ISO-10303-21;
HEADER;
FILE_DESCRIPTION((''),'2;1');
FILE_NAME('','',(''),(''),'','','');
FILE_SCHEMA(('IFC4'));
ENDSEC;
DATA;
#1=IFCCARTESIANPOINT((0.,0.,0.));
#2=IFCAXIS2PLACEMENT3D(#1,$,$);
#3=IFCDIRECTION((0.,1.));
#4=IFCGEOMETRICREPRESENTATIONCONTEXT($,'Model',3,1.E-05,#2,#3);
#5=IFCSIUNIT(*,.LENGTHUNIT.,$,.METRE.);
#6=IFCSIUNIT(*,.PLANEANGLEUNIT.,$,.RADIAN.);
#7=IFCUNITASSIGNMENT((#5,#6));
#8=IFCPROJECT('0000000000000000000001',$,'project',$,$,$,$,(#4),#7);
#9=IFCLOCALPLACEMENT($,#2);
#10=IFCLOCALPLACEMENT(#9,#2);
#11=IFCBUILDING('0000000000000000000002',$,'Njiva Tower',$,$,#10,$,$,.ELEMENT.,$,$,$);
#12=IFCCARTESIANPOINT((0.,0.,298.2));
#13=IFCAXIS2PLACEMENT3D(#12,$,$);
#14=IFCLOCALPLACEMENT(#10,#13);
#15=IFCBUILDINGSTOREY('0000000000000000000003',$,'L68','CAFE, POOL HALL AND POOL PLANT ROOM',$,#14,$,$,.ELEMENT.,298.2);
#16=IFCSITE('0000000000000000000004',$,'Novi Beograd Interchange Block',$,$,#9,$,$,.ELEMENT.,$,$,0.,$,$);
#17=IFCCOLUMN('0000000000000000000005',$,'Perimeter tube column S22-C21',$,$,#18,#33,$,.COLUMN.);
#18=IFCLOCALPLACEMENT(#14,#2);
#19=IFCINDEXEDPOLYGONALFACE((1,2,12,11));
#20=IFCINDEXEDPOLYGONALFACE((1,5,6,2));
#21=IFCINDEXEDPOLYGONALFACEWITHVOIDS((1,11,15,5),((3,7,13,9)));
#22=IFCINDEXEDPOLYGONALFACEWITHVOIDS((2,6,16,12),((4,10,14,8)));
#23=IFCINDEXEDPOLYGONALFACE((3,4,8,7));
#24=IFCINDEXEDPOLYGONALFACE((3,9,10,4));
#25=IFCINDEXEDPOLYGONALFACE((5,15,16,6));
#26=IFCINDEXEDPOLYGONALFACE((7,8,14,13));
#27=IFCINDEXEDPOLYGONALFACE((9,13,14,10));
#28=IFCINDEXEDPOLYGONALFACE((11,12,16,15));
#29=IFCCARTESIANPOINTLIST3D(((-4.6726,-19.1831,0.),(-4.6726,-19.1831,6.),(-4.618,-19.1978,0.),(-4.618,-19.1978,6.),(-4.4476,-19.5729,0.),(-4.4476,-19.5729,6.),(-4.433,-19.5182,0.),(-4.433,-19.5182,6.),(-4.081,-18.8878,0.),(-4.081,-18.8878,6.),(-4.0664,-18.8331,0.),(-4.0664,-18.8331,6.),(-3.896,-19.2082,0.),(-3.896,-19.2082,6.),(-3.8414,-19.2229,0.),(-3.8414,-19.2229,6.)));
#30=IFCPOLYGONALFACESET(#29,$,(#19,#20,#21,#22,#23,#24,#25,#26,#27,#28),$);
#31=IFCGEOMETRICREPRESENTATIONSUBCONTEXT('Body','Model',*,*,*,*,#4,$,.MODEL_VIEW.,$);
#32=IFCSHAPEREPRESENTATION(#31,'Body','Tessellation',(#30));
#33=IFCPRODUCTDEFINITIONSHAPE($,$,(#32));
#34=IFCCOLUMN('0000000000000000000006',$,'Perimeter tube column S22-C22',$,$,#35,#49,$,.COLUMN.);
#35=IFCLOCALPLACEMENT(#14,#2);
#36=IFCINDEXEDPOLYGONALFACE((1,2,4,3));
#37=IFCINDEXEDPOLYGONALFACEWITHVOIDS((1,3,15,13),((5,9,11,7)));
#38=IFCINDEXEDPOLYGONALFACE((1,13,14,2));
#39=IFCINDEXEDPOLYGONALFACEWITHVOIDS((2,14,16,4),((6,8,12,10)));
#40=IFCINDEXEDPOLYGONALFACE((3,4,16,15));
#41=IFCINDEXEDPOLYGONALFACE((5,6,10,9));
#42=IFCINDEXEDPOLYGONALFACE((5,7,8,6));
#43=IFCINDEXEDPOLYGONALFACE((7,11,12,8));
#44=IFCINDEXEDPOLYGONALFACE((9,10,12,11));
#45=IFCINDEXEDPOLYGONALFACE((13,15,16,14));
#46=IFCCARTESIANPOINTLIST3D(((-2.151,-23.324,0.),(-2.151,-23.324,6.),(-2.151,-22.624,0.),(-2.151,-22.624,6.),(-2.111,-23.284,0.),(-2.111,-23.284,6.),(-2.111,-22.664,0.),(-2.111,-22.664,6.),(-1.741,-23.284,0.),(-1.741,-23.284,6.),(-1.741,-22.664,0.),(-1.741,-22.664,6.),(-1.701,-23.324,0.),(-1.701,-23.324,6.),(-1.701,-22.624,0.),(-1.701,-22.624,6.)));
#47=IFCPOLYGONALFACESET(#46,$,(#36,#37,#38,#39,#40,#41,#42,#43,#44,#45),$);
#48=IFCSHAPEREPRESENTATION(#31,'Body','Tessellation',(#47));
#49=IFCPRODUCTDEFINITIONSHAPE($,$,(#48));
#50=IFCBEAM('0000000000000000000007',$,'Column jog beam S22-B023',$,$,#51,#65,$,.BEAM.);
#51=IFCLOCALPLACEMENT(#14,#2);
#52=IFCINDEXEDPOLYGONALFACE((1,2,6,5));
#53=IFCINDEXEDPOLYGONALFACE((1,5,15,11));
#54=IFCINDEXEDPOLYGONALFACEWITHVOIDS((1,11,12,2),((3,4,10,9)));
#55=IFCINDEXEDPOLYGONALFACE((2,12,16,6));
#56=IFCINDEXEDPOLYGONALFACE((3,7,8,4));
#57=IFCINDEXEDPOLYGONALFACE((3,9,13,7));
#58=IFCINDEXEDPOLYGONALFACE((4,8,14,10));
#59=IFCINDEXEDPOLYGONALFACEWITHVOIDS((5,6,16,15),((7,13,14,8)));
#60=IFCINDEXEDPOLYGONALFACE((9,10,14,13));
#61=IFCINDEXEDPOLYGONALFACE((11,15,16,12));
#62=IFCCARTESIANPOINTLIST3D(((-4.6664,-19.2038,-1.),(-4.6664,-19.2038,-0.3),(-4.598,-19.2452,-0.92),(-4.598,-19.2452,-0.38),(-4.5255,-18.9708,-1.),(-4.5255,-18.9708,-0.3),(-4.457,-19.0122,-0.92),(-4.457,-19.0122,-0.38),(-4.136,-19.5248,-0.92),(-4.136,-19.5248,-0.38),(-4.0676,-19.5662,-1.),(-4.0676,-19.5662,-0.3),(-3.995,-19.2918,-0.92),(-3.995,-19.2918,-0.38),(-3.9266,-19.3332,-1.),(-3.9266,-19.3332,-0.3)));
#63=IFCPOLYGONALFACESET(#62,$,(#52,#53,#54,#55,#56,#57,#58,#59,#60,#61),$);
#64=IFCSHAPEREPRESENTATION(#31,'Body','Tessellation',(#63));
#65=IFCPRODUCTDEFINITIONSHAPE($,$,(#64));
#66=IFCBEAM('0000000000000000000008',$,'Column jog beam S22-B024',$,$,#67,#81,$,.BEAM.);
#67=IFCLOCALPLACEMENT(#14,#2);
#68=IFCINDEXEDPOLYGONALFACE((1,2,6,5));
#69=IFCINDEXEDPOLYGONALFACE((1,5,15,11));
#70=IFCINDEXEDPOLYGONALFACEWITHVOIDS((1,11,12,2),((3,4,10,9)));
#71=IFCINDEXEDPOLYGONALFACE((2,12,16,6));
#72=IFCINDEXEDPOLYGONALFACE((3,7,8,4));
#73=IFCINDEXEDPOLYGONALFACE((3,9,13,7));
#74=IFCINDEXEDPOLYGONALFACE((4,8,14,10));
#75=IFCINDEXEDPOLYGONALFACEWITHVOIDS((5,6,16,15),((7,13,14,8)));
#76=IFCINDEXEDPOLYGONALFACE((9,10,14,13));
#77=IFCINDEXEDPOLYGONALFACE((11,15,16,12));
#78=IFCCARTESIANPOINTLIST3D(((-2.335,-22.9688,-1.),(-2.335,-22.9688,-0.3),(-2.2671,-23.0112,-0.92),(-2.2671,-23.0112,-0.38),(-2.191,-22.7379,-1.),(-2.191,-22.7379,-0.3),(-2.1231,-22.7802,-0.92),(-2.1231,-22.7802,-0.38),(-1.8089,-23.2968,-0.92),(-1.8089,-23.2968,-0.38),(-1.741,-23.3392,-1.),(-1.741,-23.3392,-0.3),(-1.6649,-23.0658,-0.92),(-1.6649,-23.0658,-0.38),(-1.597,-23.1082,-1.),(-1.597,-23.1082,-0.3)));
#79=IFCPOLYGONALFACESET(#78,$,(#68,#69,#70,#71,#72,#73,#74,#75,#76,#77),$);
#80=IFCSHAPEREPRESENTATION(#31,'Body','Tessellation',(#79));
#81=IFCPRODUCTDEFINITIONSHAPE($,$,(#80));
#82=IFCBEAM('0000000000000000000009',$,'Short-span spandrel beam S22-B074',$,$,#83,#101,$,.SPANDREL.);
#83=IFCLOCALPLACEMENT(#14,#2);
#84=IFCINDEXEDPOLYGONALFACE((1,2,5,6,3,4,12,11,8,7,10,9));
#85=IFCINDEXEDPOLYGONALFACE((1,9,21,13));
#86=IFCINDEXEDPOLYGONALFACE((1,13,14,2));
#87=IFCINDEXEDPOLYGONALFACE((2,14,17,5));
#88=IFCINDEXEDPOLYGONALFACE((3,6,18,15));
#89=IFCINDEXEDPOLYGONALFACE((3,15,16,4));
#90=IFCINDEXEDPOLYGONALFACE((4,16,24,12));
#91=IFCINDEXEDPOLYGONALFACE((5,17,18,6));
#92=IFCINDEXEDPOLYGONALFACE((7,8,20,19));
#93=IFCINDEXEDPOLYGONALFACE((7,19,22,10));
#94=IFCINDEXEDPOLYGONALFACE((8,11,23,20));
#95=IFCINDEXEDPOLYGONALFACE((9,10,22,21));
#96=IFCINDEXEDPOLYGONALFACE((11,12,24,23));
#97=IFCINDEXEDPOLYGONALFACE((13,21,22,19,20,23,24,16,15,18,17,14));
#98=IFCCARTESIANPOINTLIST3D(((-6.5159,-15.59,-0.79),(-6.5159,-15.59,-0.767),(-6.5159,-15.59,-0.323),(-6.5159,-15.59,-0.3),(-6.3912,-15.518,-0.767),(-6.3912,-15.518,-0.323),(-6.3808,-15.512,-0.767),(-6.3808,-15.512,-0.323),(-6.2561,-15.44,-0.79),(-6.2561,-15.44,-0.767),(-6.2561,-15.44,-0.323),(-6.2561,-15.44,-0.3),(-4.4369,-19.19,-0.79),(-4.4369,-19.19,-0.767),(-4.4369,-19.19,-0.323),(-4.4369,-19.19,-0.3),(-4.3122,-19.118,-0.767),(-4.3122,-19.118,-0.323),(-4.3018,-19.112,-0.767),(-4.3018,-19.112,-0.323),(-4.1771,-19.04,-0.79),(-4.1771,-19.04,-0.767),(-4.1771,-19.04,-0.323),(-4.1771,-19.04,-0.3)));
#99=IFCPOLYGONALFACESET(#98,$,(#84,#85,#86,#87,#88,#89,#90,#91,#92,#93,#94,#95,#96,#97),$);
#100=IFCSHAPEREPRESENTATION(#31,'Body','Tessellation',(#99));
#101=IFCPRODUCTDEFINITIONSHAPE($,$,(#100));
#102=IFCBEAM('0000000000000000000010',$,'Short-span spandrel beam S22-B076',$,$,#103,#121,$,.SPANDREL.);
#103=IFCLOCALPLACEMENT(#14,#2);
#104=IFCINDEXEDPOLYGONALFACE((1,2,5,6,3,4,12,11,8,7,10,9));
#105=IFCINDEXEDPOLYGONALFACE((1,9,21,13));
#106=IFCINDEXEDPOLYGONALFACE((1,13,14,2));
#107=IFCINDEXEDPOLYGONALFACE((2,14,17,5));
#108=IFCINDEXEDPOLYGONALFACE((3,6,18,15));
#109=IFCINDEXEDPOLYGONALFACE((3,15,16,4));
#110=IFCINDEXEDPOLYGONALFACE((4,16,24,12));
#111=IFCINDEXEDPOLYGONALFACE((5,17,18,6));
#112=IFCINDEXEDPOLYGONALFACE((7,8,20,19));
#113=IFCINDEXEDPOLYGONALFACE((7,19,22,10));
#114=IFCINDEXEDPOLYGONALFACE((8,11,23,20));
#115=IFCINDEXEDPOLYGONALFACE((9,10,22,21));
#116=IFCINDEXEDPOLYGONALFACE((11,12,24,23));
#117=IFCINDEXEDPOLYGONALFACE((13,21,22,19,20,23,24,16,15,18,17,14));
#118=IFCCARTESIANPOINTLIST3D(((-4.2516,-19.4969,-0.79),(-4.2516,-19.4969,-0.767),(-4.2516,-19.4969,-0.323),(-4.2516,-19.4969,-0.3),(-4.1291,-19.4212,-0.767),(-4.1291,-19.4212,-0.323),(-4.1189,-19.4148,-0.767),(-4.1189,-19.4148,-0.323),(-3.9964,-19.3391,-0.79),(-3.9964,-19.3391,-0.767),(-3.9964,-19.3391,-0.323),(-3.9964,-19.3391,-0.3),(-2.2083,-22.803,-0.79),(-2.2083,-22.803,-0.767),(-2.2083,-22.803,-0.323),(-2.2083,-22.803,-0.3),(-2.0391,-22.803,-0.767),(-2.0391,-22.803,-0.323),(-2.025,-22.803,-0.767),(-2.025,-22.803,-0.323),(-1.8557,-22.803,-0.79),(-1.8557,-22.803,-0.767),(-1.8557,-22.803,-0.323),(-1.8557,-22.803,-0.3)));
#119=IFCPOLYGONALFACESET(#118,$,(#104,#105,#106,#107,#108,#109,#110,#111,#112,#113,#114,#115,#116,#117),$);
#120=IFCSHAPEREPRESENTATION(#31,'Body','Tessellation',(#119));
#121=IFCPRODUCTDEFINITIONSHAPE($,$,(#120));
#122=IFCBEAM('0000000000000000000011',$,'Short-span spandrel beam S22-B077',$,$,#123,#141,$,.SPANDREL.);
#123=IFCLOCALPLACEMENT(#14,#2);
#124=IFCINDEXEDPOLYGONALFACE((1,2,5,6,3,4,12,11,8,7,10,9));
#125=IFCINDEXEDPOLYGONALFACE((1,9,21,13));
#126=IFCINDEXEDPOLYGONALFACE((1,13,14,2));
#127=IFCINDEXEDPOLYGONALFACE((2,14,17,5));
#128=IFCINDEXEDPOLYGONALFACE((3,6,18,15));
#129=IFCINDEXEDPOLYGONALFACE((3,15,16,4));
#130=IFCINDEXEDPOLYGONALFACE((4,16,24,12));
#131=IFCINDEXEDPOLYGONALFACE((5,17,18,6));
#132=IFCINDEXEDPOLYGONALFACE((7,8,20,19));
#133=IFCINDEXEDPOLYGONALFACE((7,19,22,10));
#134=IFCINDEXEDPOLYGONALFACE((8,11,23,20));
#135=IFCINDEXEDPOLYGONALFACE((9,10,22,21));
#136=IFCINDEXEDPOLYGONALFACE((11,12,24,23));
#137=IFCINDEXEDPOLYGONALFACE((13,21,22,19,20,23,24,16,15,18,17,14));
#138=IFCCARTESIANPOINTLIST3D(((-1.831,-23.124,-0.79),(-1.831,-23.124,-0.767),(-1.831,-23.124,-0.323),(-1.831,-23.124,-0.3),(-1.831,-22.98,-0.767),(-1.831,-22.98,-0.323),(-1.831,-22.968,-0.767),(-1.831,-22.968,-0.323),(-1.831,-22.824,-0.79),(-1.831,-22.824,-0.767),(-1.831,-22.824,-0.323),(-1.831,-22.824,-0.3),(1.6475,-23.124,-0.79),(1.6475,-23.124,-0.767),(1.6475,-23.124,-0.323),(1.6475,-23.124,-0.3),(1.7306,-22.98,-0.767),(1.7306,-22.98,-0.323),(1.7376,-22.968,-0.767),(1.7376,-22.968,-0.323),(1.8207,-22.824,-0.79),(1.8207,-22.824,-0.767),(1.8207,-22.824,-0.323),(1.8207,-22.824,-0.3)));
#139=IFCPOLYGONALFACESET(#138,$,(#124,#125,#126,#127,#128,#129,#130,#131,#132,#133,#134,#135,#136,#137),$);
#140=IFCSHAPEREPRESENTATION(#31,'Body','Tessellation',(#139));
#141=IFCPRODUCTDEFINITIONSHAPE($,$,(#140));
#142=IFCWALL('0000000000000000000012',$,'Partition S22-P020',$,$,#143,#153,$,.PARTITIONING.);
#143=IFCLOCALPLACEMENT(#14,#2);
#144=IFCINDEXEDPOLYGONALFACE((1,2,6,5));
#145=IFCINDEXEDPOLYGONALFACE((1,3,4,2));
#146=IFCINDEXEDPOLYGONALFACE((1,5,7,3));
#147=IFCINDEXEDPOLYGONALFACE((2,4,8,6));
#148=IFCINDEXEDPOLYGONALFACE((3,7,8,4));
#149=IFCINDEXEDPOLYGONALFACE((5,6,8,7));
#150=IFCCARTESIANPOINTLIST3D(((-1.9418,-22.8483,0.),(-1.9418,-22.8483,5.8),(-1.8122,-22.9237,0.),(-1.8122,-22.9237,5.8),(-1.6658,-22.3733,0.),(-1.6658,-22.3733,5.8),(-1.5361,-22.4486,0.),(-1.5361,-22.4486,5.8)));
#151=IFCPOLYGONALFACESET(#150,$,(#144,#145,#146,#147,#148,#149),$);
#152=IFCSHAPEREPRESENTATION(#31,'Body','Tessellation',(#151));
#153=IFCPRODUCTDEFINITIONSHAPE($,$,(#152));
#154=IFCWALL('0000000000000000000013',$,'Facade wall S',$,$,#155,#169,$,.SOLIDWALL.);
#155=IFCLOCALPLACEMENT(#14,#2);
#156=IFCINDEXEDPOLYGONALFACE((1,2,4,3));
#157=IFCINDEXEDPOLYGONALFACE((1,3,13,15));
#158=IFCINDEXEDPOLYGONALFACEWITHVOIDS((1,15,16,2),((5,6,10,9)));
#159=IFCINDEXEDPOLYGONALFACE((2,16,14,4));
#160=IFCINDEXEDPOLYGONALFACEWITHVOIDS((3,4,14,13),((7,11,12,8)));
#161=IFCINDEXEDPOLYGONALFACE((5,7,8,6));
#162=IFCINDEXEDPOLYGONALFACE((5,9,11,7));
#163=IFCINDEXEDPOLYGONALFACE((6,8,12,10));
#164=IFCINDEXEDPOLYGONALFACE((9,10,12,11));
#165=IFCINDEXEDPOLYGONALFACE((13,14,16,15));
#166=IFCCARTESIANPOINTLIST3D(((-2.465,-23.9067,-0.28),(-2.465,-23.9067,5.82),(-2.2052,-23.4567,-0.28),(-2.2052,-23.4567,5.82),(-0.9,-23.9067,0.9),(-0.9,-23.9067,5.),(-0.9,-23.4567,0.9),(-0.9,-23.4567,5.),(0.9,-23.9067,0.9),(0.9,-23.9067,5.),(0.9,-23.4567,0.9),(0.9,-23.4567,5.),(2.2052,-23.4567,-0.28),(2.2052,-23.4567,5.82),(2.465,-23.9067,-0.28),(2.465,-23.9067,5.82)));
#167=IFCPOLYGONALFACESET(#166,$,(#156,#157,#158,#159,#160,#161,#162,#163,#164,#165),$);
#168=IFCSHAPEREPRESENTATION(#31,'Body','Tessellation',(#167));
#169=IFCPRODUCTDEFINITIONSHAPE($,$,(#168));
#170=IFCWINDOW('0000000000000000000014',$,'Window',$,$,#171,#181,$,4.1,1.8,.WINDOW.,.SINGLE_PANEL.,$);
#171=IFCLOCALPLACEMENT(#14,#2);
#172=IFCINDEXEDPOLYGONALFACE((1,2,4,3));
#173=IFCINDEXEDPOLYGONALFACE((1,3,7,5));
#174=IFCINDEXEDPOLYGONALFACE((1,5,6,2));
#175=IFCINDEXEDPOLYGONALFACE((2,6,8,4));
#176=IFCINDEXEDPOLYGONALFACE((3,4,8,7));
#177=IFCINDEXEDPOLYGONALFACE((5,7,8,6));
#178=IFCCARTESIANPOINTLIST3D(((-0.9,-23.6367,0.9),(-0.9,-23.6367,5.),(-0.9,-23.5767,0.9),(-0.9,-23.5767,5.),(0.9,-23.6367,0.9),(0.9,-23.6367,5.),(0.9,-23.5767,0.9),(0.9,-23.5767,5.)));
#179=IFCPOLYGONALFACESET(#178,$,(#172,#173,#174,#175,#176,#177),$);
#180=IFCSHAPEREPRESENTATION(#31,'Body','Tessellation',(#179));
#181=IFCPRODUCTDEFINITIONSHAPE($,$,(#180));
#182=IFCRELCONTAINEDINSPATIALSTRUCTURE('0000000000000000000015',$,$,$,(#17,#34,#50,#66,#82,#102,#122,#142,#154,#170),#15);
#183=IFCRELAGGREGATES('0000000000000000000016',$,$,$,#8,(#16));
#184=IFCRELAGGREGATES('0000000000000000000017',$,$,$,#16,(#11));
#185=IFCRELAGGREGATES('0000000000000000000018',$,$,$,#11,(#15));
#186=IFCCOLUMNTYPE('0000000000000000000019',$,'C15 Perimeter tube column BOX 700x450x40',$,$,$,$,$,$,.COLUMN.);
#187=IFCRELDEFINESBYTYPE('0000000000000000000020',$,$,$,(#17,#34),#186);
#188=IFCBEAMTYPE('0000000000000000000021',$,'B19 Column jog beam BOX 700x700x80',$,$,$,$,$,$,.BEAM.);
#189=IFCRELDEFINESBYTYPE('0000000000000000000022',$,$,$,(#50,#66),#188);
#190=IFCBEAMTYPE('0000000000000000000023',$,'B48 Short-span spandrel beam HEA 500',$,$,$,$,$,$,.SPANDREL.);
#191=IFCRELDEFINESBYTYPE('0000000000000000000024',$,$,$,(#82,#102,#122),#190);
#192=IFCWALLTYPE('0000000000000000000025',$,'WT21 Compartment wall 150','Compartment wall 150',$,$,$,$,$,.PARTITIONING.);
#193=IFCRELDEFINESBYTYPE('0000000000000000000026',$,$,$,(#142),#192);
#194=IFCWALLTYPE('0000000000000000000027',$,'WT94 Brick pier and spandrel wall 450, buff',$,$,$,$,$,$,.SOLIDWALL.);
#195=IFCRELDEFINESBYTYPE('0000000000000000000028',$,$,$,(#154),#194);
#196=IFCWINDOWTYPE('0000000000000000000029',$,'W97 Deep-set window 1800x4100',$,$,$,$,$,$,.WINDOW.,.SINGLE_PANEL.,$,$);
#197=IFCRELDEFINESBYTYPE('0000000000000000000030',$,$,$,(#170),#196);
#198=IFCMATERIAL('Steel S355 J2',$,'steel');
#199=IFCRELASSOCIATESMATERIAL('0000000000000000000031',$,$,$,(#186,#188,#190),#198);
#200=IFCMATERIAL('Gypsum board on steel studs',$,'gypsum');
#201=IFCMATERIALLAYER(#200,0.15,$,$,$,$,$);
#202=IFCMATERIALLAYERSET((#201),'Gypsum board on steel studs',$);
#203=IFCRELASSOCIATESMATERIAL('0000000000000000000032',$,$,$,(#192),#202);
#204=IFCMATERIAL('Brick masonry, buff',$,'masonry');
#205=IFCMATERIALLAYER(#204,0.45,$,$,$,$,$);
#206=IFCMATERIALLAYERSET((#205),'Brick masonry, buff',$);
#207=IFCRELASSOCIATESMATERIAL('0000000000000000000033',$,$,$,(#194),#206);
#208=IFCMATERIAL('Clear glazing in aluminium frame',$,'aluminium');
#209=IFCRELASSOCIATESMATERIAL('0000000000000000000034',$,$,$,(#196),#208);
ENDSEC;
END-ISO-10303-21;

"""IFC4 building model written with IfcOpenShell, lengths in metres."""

from ifc_helpers import new_model, si_unit, direction, frame, frame_2d, origin, origin_2d, place, context, subcontext, project, spatial, polyline, rectangle, hollow_rectangle, i_section, outline, extrude, clip, halfspace, material, layer, layer_set, material_profile, profile_set, type_object, element, fill, save


model = new_model("IFC4")

# Units and contexts
model_context = context("Model", 3, precision=1e-05, world=origin(), true_north=direction((0.0, 1.0)))
body_context = subcontext(model_context, "Body", "Model", "MODEL_VIEW")
ifc_project = project(units=[si_unit("LENGTHUNIT", "METRE"), si_unit("PLANEANGLEUNIT", "RADIAN")], contexts=[model_context])

# Site, building, storey
site_placement = place(None, origin())
site = spatial("IfcSite", under=ifc_project, at=site_placement, Name="Novi Beograd Interchange Block", CompositionType="ELEMENT", RefElevation=0.0)
building_placement = place(site_placement, origin())
building = spatial("IfcBuilding", under=site, at=building_placement, Name="Njiva Tower", CompositionType="ELEMENT")
storey_placement = place(building_placement, frame((0.0, 0.0, 298.2)))
storey = spatial("IfcBuildingStorey", under=building, at=storey_placement, Name="L68", Description="CAFE, POOL HALL AND POOL PLANT ROOM", CompositionType="ELEMENT", Elevation=298.2)

# Columns
ifc_material_1 = material(Name="Steel S355 J2", Category="steel")
ifc_material_profile_1 = material_profile(ifc_material_1, hollow_rectangle(XDim=0.45, YDim=0.7, WallThickness=0.04, at=origin_2d()), Name="BOX 700x450x40")
ifc_profile_set_1 = profile_set([ifc_material_profile_1], Name="Steel S355 J2")
column_type = type_object("IfcColumnType", Name="C15 Perimeter tube column BOX 700x450x40", PredefinedType="COLUMN", material=ifc_profile_set_1)
for number, where, z_axis, x_axis, name in (
    (1, (-4.257, -19.203, 0.0), (0.0, 0.0, 1.0), (0.5, -0.866025, 0.0), "Perimeter tube column S22-C21"),
    (2, (-1.926, -22.974, 0.0), (0.0, 0.0, 1.0), (1.0, 0.0, 0.0), "Perimeter tube column S22-C22"),
):
    element("IfcColumn", number, at=place(storey_placement, frame(where, z_axis=z_axis, x_axis=x_axis)), inside=storey, type_object=column_type, Name=name, PredefinedType="COLUMN", context=body_context, shape_type="SweptSolid", body=[
        extrude(hollow_rectangle(XDim=0.45, YDim=0.7, WallThickness=0.04, at=origin_2d()), origin(), (0.0, 0.0, 1.0), 6.0),
    ])

# Beams
ifc_material_profile_2 = material_profile(ifc_material_1, hollow_rectangle(XDim=0.7, YDim=0.7, WallThickness=0.08, at=origin_2d()), Name="BOX 700x700x80")
ifc_profile_set_2 = profile_set([ifc_material_profile_2], Name="Steel S355 J2")
beam_type_1 = type_object("IfcBeamType", Name="B19 Column jog beam BOX 700x700x80", PredefinedType="BEAM", material=ifc_profile_set_2)
beam_1_placement = place(storey_placement, frame((-4.367, -19.385, -0.65), z_axis=(0.517732, 0.855543, 0.0), x_axis=(-0.855543, 0.517732, 0.0)))
element("IfcBeam", 3, at=beam_1_placement, inside=storey, type_object=beam_type_1, Name="Column jog beam S22-B023", PredefinedType="BEAM", context=body_context, shape_type="SweptSolid", body=[
    extrude(hollow_rectangle(XDim=0.7, YDim=0.7, WallThickness=0.08, at=origin_2d()), origin(), (0.0, 0.0, 1.0), 0.2723),
])
beam_2_placement = place(storey_placement, frame((-2.038, -23.154, -0.65), z_axis=(0.529008, 0.848617, 0.0), x_axis=(-0.848617, 0.529008, 0.0)))
element("IfcBeam", 4, at=beam_2_placement, inside=storey, type_object=beam_type_1, Name="Column jog beam S22-B024", PredefinedType="BEAM", context=body_context, shape_type="SweptSolid", body=[
    extrude(hollow_rectangle(XDim=0.7, YDim=0.7, WallThickness=0.08, at=origin_2d()), origin(), (0.0, 0.0, 1.0), 0.2722),
])
ifc_material_profile_3 = material_profile(ifc_material_1, i_section(OverallWidth=0.3, OverallDepth=0.49, WebThickness=0.012, FlangeThickness=0.023, at=origin_2d()), Name="HEA 500")
ifc_profile_set_3 = profile_set([ifc_material_profile_3], Name="Steel S355 J2")
beam_type_2 = type_object("IfcBeamType", Name="B48 Short-span spandrel beam HEA 500", PredefinedType="SPANDREL", material=ifc_profile_set_3)
beam_3_placement = place(storey_placement, frame((-6.386, -15.515, -0.545), z_axis=(0.500097, -0.865969, 0.0), x_axis=(0.865969, 0.500097, 0.0)))
element("IfcBeam", 5, at=beam_3_placement, inside=storey, type_object=beam_type_2, Name="Short-span spandrel beam S22-B074", PredefinedType="SPANDREL", context=body_context, shape_type="SweptSolid", body=[
    extrude(i_section(OverallWidth=0.3, OverallDepth=0.49, WebThickness=0.012, FlangeThickness=0.023, at=origin_2d()), origin(), (0.0, 0.0, 1.0), 4.1572),
])
beam_4_placement = place(storey_placement, frame((-4.124, -19.418, -0.545), z_axis=(0.525723, -0.850656, 0.0), x_axis=(0.850656, 0.525723, 0.0)))
element("IfcBeam", 6, at=beam_4_placement, inside=storey, type_object=beam_type_2, Name="Short-span spandrel beam S22-B076", PredefinedType="SPANDREL", context=body_context, shape_type="Clipping", body=[
    clip(extrude(i_section(OverallWidth=0.3, OverallDepth=0.49, WebThickness=0.012, FlangeThickness=0.023, at=origin_2d()), origin(), (0.0, 0.0, 1.0), 4.0923), halfspace(frame((-0.026, 0.0, 3.9632), z_axis=(-0.525723, 0.0, 0.850656), x_axis=(0.0, 1.0, 0.0)), False)),
])
beam_5_placement = place(storey_placement, frame((-1.831, -22.974, -0.545), z_axis=(1.0, 0.0, 0.0), x_axis=(0.0, 1.0, 0.0)))
element("IfcBeam", 7, at=beam_5_placement, inside=storey, type_object=beam_type_2, Name="Short-span spandrel beam S22-B077", PredefinedType="SPANDREL", context=body_context, shape_type="Clipping", body=[
    clip(extrude(i_section(OverallWidth=0.3, OverallDepth=0.49, WebThickness=0.012, FlangeThickness=0.023, at=origin_2d()), origin(), (0.0, 0.0, 1.0), 3.672), halfspace(frame((-0.0246, 0.0, 3.5509), z_axis=(-0.499998, 0.0, 0.866027), x_axis=(0.0, 1.0, 0.0)), False)),
])

# Wall
ifc_material_2 = material(Name="Gypsum board on steel studs", Category="gypsum")
ifc_layer_1 = layer(ifc_material_2, 0.15)
ifc_layer_set_1 = layer_set([ifc_layer_1], Name="Gypsum board on steel studs")
wall_type_1 = type_object("IfcWallType", Name="WT21 Compartment wall 150", Description="Compartment wall 150", PredefinedType="PARTITIONING", material=ifc_layer_set_1)
wall_1_placement = place(storey_placement, frame((-1.877, -22.886, 0.0), z_axis=(0.0, 0.0, 1.0), x_axis=(0.502399, 0.864636, 0.0)))
element("IfcWall", 8, at=wall_1_placement, inside=storey, type_object=wall_type_1, Name="Partition S22-P020", PredefinedType="PARTITIONING", context=body_context, shape_type="SweptSolid", body=[
    extrude(rectangle(XDim=0.5494, YDim=0.15, at=frame_2d((0.2747, 0.0))), origin(), (0.0, 0.0, 1.0), 5.8),
])

# Wall, opening, window
ifc_material_3 = material(Name="Brick masonry, buff", Category="masonry")
ifc_layer_2 = layer(ifc_material_3, 0.45)
ifc_layer_set_2 = layer_set([ifc_layer_2], Name="Brick masonry, buff")
wall_type_2 = type_object("IfcWallType", Name="WT94 Brick pier and spandrel wall 450, buff", PredefinedType="SOLIDWALL", material=ifc_layer_set_2)
wall_2_placement = place(storey_placement, frame((-2.3351, -23.6817, -0.28), z_axis=(0.0, 0.0, 1.0), x_axis=(1.0, 0.0, 0.0)))
wall_2 = element("IfcWall", 9, at=wall_2_placement, inside=storey, type_object=wall_type_2, Name="Facade wall S", PredefinedType="SOLIDWALL", context=body_context, shape_type="SweptSolid", body=[
    extrude(outline(polyline([(-0.1299, -0.225), (4.8001, -0.225), (4.5403, 0.225), (0.1299, 0.225), (-0.1299, -0.225)])), origin(), (0.0, 0.0, 1.0), 6.1),
])
opening_placement = place(wall_2_placement, frame((1.4351, 0.0, 1.18)))
opening = element("IfcOpeningElement", 10, at=opening_placement, cuts=wall_2, PredefinedType="OPENING", context=body_context, shape_type="SweptSolid", body=[
    extrude(rectangle(XDim=1.8, YDim=4.1, at=frame_2d((0.9, 2.05))), frame((0.0, 0.235, 0.0), z_axis=(0.0, -1.0, 0.0), x_axis=(1.0, 0.0, 0.0)), (0.0, 0.0, 1.0), 0.47),
])
ifc_material_4 = material(Name="Clear glazing in aluminium frame", Category="aluminium")
window_type = type_object("IfcWindowType", Name="W97 Deep-set window 1800x4100", PartitioningType="SINGLE_PANEL", PredefinedType="WINDOW", material=ifc_material_4)
window_placement = place(opening_placement, origin())
window = element("IfcWindow", 11, at=window_placement, inside=storey, type_object=window_type, Name="Window", OverallHeight=4.1, OverallWidth=1.8, PartitioningType="SINGLE_PANEL", PredefinedType="WINDOW", context=body_context, shape_type="SweptSolid", body=[
    extrude(rectangle(XDim=1.8, YDim=4.1, at=frame_2d((0.9, 2.05))), frame((0.0, 0.105, 0.0), z_axis=(0.0, -1.0, 0.0), x_axis=(1.0, 0.0, 0.0)), (0.0, 0.0, 1.0), 0.06),
])
fill(opening, window)

save(model, "model.ifc")
